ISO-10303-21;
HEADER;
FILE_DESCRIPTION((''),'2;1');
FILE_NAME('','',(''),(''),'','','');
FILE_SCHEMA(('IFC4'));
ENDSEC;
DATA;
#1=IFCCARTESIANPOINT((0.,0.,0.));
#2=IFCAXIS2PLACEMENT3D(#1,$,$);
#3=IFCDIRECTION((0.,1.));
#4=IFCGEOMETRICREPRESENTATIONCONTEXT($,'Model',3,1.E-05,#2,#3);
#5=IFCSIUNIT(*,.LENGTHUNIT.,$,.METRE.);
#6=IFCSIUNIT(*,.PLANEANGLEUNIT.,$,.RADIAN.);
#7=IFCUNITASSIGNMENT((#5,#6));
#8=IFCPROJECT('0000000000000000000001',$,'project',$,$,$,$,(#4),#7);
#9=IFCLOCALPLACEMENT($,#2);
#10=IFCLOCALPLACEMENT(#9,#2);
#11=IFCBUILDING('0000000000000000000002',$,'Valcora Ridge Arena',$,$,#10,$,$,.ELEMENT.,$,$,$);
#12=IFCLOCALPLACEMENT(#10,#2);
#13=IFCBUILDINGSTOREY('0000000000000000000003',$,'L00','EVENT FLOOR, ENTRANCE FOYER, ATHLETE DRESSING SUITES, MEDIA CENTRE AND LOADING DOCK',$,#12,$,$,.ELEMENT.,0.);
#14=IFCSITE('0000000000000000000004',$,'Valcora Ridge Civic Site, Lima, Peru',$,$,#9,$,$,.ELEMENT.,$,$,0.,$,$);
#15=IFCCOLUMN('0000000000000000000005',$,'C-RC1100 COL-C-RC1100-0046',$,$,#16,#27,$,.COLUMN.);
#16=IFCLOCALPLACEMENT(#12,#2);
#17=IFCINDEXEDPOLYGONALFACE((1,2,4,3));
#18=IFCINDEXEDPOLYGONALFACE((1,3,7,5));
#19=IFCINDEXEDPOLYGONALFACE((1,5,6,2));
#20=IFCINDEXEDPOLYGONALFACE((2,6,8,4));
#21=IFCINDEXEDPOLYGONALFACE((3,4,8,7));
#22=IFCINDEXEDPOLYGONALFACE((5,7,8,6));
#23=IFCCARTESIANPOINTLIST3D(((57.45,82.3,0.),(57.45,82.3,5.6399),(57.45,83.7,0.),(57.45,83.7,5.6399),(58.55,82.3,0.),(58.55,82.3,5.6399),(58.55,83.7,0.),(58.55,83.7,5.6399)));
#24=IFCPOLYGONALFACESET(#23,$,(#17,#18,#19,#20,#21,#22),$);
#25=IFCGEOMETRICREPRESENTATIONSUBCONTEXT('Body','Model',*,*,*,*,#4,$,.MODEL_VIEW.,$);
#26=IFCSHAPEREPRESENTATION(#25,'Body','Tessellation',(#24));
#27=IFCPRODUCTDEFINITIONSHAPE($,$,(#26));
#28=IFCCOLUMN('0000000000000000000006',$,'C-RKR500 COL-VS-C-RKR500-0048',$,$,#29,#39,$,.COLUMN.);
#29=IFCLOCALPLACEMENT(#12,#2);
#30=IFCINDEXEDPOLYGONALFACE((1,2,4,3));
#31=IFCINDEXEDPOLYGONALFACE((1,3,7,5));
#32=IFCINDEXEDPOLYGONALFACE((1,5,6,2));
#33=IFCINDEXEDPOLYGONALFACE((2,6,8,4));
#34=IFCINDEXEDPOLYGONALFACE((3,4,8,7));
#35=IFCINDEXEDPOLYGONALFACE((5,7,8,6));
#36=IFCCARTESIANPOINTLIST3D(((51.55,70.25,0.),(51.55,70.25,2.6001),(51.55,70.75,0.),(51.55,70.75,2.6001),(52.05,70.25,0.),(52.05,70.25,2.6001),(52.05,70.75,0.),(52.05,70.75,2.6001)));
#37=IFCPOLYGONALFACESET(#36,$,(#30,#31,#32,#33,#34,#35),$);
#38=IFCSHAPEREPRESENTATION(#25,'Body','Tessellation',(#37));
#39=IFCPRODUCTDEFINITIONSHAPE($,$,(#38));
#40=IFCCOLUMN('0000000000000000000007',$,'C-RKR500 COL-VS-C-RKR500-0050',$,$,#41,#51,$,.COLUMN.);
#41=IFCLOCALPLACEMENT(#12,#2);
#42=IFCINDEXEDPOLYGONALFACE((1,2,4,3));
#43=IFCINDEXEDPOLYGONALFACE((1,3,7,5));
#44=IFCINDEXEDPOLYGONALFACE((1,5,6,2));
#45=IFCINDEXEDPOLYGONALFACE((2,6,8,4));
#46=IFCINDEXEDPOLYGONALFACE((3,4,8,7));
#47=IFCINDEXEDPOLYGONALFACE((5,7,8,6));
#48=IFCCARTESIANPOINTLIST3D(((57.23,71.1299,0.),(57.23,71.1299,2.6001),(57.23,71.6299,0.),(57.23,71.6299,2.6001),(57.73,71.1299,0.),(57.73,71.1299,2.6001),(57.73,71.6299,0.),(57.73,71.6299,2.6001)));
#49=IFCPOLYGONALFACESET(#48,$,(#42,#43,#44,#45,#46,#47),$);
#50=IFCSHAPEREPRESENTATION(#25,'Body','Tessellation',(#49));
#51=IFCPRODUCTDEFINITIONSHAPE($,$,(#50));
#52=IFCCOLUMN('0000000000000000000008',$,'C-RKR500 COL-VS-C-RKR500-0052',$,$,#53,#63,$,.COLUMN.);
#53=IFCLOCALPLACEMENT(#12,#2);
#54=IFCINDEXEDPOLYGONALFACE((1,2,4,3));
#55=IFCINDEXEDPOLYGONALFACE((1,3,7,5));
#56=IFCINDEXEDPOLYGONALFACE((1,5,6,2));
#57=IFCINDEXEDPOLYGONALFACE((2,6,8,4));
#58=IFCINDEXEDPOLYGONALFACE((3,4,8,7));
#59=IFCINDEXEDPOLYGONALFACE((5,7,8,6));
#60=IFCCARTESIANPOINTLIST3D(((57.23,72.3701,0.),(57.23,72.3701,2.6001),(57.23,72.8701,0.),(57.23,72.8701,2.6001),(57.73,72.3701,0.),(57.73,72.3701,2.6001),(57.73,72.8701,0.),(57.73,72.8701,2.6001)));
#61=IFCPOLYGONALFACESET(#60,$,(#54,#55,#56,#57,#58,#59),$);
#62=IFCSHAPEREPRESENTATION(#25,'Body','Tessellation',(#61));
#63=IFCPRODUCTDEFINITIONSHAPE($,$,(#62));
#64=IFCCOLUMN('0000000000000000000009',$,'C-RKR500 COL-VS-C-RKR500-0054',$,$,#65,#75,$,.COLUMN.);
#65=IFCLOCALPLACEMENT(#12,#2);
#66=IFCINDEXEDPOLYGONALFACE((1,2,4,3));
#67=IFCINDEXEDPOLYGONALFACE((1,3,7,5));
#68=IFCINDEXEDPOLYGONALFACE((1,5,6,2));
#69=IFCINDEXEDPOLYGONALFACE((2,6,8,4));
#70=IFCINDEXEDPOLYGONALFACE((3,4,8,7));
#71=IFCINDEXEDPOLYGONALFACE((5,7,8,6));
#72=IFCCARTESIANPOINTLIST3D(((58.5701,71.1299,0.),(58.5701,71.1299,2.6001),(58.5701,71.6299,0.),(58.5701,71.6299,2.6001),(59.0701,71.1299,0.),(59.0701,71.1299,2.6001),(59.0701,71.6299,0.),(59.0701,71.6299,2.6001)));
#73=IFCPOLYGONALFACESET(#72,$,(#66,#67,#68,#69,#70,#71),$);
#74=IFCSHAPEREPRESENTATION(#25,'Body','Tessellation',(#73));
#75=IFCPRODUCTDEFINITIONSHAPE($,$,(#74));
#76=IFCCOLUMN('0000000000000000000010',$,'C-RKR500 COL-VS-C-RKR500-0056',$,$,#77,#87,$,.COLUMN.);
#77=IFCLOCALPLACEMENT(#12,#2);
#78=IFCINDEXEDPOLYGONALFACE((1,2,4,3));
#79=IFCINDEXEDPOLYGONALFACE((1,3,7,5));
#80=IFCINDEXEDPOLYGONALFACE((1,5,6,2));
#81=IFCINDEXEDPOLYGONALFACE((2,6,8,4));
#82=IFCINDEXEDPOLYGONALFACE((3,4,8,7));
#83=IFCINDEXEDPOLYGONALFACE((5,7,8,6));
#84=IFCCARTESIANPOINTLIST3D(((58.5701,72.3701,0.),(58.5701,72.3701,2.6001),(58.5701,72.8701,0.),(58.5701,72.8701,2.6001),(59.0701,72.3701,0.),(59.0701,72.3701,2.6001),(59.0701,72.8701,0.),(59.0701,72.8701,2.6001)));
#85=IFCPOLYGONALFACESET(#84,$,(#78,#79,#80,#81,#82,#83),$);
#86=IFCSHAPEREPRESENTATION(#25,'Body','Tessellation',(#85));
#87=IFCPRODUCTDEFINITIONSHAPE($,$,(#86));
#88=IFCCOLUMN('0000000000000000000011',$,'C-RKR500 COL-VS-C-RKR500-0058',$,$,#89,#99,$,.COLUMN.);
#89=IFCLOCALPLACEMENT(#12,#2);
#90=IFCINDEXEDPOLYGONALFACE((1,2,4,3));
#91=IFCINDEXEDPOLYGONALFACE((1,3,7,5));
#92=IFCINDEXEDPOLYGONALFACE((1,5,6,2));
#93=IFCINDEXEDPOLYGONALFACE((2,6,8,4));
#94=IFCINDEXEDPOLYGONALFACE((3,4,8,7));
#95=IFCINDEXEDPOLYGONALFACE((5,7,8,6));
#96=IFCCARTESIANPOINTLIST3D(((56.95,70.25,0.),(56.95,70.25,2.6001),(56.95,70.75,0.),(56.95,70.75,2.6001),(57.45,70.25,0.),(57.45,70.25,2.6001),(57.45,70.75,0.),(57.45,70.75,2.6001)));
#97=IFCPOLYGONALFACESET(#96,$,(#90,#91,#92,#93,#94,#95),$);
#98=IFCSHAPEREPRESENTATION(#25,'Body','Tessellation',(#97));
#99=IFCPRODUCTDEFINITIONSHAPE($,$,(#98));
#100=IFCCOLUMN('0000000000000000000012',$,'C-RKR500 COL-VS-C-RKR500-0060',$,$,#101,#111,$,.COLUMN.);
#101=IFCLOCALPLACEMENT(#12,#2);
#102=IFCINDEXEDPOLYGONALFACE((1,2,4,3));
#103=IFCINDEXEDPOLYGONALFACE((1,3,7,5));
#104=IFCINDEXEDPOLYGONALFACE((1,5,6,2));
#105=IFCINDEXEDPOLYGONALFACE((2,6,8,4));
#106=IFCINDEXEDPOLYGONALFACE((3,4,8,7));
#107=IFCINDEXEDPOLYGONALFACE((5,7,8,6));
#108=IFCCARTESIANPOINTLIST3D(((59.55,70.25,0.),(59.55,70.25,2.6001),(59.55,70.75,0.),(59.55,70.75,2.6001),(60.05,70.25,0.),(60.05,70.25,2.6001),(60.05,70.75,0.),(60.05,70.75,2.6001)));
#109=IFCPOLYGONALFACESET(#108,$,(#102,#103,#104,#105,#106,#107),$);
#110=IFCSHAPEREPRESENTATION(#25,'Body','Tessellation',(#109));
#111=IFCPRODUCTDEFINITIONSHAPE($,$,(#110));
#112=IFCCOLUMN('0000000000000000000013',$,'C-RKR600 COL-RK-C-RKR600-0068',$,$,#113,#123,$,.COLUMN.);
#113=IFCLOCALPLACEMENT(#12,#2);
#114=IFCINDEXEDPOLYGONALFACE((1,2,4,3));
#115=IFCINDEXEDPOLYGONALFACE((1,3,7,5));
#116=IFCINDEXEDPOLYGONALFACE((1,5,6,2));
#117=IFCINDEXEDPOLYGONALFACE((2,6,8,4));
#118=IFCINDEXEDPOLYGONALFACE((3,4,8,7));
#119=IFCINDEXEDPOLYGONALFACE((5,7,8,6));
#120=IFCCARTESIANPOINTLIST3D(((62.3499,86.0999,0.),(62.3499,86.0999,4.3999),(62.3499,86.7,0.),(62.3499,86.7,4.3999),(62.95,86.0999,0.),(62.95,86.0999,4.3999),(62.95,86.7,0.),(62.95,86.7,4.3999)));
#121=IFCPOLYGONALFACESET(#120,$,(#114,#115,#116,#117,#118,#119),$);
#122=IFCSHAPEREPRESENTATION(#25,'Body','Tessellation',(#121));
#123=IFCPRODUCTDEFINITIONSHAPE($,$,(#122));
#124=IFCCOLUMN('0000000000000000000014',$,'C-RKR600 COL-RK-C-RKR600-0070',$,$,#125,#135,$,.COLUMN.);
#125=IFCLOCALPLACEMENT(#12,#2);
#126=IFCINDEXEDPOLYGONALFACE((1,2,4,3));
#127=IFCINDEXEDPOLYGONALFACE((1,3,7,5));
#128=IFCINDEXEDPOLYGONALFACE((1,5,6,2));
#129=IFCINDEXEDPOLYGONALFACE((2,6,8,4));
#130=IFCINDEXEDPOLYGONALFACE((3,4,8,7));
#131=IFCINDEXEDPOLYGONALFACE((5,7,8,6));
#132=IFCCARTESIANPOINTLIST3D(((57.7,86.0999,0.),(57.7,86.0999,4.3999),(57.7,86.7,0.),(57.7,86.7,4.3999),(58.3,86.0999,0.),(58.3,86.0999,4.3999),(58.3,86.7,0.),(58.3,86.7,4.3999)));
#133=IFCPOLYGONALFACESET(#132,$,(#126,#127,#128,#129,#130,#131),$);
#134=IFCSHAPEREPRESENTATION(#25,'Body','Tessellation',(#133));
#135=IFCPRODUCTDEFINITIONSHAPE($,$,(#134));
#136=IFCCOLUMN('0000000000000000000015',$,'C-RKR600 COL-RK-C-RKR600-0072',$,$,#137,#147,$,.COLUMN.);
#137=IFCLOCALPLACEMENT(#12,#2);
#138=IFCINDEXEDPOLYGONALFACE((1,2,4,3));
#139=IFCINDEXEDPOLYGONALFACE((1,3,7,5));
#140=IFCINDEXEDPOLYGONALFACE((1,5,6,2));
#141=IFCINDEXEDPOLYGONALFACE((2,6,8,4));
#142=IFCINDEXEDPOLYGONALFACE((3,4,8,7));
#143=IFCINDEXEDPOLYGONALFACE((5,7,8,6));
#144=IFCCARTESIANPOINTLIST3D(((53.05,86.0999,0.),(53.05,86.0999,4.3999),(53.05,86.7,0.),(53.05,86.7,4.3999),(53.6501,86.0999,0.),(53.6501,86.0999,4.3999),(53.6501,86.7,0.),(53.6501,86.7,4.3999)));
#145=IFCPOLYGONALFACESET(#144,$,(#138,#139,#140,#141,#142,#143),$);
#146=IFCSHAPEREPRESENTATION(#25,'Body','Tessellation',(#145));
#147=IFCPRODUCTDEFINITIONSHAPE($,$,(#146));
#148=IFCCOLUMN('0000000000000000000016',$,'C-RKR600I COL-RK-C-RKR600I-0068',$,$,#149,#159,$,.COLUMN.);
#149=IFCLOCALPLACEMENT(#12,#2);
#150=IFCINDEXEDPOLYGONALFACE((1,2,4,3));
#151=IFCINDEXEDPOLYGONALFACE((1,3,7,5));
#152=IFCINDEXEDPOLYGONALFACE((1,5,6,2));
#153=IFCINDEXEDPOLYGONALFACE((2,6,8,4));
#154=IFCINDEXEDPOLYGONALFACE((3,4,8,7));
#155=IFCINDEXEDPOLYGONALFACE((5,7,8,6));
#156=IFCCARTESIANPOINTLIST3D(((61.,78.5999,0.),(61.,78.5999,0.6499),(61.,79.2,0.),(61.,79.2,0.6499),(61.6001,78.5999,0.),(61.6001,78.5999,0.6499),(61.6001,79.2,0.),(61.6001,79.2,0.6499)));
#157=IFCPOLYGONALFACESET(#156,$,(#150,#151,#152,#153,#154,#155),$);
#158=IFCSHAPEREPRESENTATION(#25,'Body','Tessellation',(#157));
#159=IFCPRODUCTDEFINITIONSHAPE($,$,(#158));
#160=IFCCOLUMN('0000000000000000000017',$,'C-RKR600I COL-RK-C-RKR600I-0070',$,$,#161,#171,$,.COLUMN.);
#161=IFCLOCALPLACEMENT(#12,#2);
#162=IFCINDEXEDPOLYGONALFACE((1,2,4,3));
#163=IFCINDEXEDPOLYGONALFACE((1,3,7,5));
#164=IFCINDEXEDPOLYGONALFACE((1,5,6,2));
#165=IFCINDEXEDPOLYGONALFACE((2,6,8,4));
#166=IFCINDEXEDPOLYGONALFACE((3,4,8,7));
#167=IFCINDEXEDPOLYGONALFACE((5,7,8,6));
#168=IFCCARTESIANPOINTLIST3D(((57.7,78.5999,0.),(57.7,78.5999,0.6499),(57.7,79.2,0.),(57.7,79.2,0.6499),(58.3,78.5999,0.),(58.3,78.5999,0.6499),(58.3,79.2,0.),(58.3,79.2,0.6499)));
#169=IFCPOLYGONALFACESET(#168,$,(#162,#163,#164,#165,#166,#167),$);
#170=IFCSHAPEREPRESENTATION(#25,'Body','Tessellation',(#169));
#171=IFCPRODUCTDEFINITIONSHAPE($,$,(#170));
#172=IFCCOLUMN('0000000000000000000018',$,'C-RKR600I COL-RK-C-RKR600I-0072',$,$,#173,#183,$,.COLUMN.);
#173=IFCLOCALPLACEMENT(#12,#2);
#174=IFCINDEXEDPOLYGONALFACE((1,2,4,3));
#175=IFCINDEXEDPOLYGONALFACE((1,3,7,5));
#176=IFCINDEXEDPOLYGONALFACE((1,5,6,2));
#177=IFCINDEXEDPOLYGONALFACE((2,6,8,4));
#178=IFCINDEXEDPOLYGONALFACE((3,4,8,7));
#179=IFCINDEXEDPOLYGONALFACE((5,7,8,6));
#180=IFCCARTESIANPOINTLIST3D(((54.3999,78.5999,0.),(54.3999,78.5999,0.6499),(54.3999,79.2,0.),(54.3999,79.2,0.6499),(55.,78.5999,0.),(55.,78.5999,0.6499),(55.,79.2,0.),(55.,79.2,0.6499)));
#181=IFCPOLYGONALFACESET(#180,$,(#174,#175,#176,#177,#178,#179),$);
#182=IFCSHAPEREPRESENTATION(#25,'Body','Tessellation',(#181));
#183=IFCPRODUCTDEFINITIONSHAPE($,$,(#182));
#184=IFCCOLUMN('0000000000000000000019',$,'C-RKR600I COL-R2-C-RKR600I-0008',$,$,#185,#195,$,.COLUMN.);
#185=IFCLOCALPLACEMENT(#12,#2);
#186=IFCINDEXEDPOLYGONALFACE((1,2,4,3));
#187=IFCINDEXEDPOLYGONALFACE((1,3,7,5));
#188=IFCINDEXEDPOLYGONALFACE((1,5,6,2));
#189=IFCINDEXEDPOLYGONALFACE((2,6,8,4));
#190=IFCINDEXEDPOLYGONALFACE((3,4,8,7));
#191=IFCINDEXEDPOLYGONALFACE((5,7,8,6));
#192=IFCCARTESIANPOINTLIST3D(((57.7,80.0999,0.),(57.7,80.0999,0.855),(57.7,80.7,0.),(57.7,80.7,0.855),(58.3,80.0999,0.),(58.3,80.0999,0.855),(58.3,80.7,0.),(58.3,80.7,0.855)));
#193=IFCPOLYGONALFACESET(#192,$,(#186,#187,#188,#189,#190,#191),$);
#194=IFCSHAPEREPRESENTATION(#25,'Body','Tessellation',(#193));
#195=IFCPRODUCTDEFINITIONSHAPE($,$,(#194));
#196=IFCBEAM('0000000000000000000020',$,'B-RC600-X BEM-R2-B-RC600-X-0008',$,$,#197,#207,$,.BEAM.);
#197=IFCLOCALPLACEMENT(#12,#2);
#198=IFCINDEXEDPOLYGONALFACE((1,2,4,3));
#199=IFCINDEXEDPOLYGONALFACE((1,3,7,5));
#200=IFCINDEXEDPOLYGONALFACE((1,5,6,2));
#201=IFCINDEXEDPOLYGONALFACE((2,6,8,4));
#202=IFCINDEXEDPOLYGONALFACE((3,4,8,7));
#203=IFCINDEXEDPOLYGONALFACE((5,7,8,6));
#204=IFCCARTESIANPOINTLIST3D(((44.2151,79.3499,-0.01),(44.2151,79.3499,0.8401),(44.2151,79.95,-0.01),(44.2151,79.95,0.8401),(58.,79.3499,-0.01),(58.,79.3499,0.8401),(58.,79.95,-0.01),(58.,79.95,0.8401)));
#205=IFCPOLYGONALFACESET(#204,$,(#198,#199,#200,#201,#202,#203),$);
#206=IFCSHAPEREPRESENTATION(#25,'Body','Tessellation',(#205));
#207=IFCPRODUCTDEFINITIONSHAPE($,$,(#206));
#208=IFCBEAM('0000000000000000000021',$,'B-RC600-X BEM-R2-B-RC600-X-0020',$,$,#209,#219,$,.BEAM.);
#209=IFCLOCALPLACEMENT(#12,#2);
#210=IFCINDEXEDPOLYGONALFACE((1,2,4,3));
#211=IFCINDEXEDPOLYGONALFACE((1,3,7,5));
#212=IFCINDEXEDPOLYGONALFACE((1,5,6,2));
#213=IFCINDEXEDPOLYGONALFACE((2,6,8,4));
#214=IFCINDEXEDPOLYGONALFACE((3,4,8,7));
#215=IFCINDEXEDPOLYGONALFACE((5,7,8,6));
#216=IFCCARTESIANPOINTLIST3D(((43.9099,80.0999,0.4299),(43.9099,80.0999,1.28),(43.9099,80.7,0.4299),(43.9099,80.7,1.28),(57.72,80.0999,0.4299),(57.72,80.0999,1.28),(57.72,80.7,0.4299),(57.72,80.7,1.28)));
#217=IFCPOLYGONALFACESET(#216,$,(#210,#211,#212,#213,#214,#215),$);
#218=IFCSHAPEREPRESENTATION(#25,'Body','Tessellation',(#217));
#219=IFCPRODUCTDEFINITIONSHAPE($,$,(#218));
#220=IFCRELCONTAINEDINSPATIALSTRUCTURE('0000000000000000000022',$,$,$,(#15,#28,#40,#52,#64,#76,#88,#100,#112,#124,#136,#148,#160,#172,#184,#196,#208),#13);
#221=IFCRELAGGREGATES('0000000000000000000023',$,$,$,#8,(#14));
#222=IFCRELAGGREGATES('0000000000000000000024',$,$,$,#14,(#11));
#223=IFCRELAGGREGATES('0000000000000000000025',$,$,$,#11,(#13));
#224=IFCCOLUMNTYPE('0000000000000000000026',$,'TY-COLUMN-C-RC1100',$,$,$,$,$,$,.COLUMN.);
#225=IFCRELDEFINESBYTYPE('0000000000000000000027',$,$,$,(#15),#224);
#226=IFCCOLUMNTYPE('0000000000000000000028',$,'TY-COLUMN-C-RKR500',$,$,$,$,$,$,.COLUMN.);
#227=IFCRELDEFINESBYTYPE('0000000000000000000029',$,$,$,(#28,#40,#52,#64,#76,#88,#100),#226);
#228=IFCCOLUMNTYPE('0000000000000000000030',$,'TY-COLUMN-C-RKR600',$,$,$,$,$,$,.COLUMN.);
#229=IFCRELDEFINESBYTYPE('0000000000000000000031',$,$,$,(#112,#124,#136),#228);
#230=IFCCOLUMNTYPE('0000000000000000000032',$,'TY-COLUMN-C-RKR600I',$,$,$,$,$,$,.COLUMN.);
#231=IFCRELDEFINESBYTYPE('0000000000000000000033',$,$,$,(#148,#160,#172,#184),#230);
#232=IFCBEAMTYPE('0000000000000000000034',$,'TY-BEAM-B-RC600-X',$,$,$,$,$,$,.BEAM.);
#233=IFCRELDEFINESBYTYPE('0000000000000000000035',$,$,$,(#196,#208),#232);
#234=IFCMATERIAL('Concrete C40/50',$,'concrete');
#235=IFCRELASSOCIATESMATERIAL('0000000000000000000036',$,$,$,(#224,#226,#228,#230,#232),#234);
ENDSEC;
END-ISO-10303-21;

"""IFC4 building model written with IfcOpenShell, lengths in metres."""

from ifc_helpers import new_model, si_unit, direction, frame, origin, origin_2d, place, context, subcontext, project, spatial, rectangle, extrude, material, material_profile, profile_set, type_object, element, save


model = new_model("IFC4")

# Units and contexts
model_context = context("Model", 3, precision=1e-05, world=origin(), true_north=direction((0.0, 1.0)))
body_context = subcontext(model_context, "Body", "Model", "MODEL_VIEW")
ifc_project = project(units=[si_unit("LENGTHUNIT", "METRE"), si_unit("PLANEANGLEUNIT", "RADIAN")], contexts=[model_context])

# Site, building, storey
site_placement = place(None, origin())
site = spatial("IfcSite", under=ifc_project, at=site_placement, Name="Valcora Ridge Civic Site, Lima, Peru", CompositionType="ELEMENT", RefElevation=0.0)
building_placement = place(site_placement, origin())
building = spatial("IfcBuilding", under=site, at=building_placement, Name="Valcora Ridge Arena", CompositionType="ELEMENT")
storey_placement = place(building_placement, origin())
storey = spatial("IfcBuildingStorey", under=building, at=storey_placement, Name="L00", Description="EVENT FLOOR, ENTRANCE FOYER, ATHLETE DRESSING SUITES, MEDIA CENTRE AND LOADING DOCK", CompositionType="ELEMENT", Elevation=0.0)

# Columns
ifc_material_1 = material(Name="Concrete C40/50", Category="concrete")
ifc_material_profile_1 = material_profile(ifc_material_1, rectangle(XDim=1.1001, YDim=1.3999, at=origin_2d()), Name="RC 1100x1400")
ifc_profile_set_1 = profile_set([ifc_material_profile_1], Name="Concrete C40/50")
column_type_1 = type_object("IfcColumnType", Name="TY-COLUMN-C-RC1100", PredefinedType="COLUMN", material=ifc_profile_set_1)
column_1_placement = place(storey_placement, frame((58.0, 83.0, 0.0), z_axis=(0.0, 0.0, 1.0), x_axis=(1.0, 0.0, 0.0)))
element("IfcColumn", 1, at=column_1_placement, inside=storey, type_object=column_type_1, Name="C-RC1100 COL-C-RC1100-0046", PredefinedType="COLUMN", context=body_context, shape_type="SweptSolid", body=[
    extrude(rectangle(XDim=1.1001, YDim=1.3999, at=origin_2d()), origin(), (0.0, 0.0, 1.0), 5.6399),
])
ifc_material_profile_2 = material_profile(ifc_material_1, rectangle(XDim=0.5, YDim=0.5, at=origin_2d()), Name="RC 500x500")
ifc_profile_set_2 = profile_set([ifc_material_profile_2], Name="Concrete C40/50")
column_type_2 = type_object("IfcColumnType", Name="TY-COLUMN-C-RKR500", PredefinedType="COLUMN", material=ifc_profile_set_2)
for number, where, z_axis, x_axis, name in (
    (2, (51.8, 70.5, 0.0), (0.0, 0.0, 1.0), (1.0, 0.0, 0.0), "C-RKR500 COL-VS-C-RKR500-0048"),
    (3, (57.48, 71.3799, 0.0), (0.0, 0.0, 1.0), (1.0, 0.0, 0.0), "C-RKR500 COL-VS-C-RKR500-0050"),
    (4, (57.48, 72.6201, 0.0), (0.0, 0.0, 1.0), (1.0, 0.0, 0.0), "C-RKR500 COL-VS-C-RKR500-0052"),
    (5, (58.8201, 71.3799, 0.0), (0.0, 0.0, 1.0), (1.0, 0.0, 0.0), "C-RKR500 COL-VS-C-RKR500-0054"),
    (6, (58.8201, 72.6201, 0.0), (0.0, 0.0, 1.0), (1.0, 0.0, 0.0), "C-RKR500 COL-VS-C-RKR500-0056"),
    (7, (57.2, 70.5, 0.0), (0.0, 0.0, 1.0), (1.0, 0.0, 0.0), "C-RKR500 COL-VS-C-RKR500-0058"),
    (8, (59.8, 70.5, 0.0), (0.0, 0.0, 1.0), (1.0, 0.0, 0.0), "C-RKR500 COL-VS-C-RKR500-0060"),
):
    element("IfcColumn", number, at=place(storey_placement, frame(where, z_axis=z_axis, x_axis=x_axis)), inside=storey, type_object=column_type_2, Name=name, PredefinedType="COLUMN", context=body_context, shape_type="SweptSolid", body=[
        extrude(rectangle(XDim=0.5, YDim=0.5, at=origin_2d()), origin(), (0.0, 0.0, 1.0), 2.6001),
    ])
ifc_material_profile_3 = material_profile(ifc_material_1, rectangle(XDim=0.6001, YDim=0.6001, at=origin_2d()), Name="RC 600x600")
ifc_profile_set_3 = profile_set([ifc_material_profile_3], Name="Concrete C40/50")
column_type_3 = type_object("IfcColumnType", Name="TY-COLUMN-C-RKR600", PredefinedType="COLUMN", material=ifc_profile_set_3)
for number, where, z_axis, x_axis, name in (
    (9, (62.6499, 86.3999, 0.0), (0.0, 0.0, 1.0), (1.0, 0.0, 0.0), "C-RKR600 COL-RK-C-RKR600-0068"),
    (10, (58.0, 86.3999, 0.0), (0.0, 0.0, 1.0), (1.0, 0.0, 0.0), "C-RKR600 COL-RK-C-RKR600-0070"),
    (11, (53.3501, 86.3999, 0.0), (0.0, 0.0, 1.0), (1.0, 0.0, 0.0), "C-RKR600 COL-RK-C-RKR600-0072"),
):
    element("IfcColumn", number, at=place(storey_placement, frame(where, z_axis=z_axis, x_axis=x_axis)), inside=storey, type_object=column_type_3, Name=name, PredefinedType="COLUMN", context=body_context, shape_type="SweptSolid", body=[
        extrude(rectangle(XDim=0.6001, YDim=0.6001, at=origin_2d()), origin(), (0.0, 0.0, 1.0), 4.3999),
    ])
ifc_material_profile_4 = material_profile(ifc_material_1, rectangle(XDim=0.6001, YDim=0.6001, at=origin_2d()), Name="RC 600x600")
ifc_profile_set_4 = profile_set([ifc_material_profile_4], Name="Concrete C40/50")
column_type_4 = type_object("IfcColumnType", Name="TY-COLUMN-C-RKR600I", PredefinedType="COLUMN", material=ifc_profile_set_4)
for number, where, z_axis, x_axis, name in (
    (12, (61.3, 78.8999, 0.0), (0.0, 0.0, 1.0), (1.0, 0.0, 0.0), "C-RKR600I COL-RK-C-RKR600I-0068"),
    (13, (58.0, 78.8999, 0.0), (0.0, 0.0, 1.0), (1.0, 0.0, 0.0), "C-RKR600I COL-RK-C-RKR600I-0070"),
    (14, (54.7, 78.8999, 0.0), (0.0, 0.0, 1.0), (1.0, 0.0, 0.0), "C-RKR600I COL-RK-C-RKR600I-0072"),
):
    element("IfcColumn", number, at=place(storey_placement, frame(where, z_axis=z_axis, x_axis=x_axis)), inside=storey, type_object=column_type_4, Name=name, PredefinedType="COLUMN", context=body_context, shape_type="SweptSolid", body=[
        extrude(rectangle(XDim=0.6001, YDim=0.6001, at=origin_2d()), origin(), (0.0, 0.0, 1.0), 0.6499),
    ])
column_2_placement = place(storey_placement, frame((58.0, 80.3999, 0.0), z_axis=(0.0, 0.0, 1.0), x_axis=(1.0, 0.0, 0.0)))
element("IfcColumn", 15, at=column_2_placement, inside=storey, type_object=column_type_4, Name="C-RKR600I COL-R2-C-RKR600I-0008", PredefinedType="COLUMN", context=body_context, shape_type="SweptSolid", body=[
    extrude(rectangle(XDim=0.6001, YDim=0.6001, at=origin_2d()), origin(), (0.0, 0.0, 1.0), 0.855),
])

# Beams
ifc_material_profile_5 = material_profile(ifc_material_1, rectangle(XDim=0.6001, YDim=0.8501, at=origin_2d()), Name="RC 600x850")
ifc_profile_set_5 = profile_set([ifc_material_profile_5], Name="Concrete C40/50")
beam_type = type_object("IfcBeamType", Name="TY-BEAM-B-RC600-X", PredefinedType="BEAM", material=ifc_profile_set_5)
beam_1_placement = place(storey_placement, frame((58.0, 79.6499, 0.415), z_axis=(-1.0, 0.0, 0.0), x_axis=(0.0, -1.0, 0.0)))
element("IfcBeam", 16, at=beam_1_placement, inside=storey, type_object=beam_type, Name="B-RC600-X BEM-R2-B-RC600-X-0008", PredefinedType="BEAM", context=body_context, shape_type="SweptSolid", body=[
    extrude(rectangle(XDim=0.6001, YDim=0.8501, at=origin_2d()), origin(), (0.0, 0.0, 1.0), 13.7849),
])
beam_2_placement = place(storey_placement, frame((57.72, 80.3999, 0.855), z_axis=(-1.0, 0.0, 0.0), x_axis=(0.0, -1.0, 0.0)))
element("IfcBeam", 17, at=beam_2_placement, inside=storey, type_object=beam_type, Name="B-RC600-X BEM-R2-B-RC600-X-0020", PredefinedType="BEAM", context=body_context, shape_type="SweptSolid", body=[
    extrude(rectangle(XDim=0.6001, YDim=0.8501, at=origin_2d()), origin(), (0.0, 0.0, 1.0), 13.8101),
])

save(model, "model.ifc")
